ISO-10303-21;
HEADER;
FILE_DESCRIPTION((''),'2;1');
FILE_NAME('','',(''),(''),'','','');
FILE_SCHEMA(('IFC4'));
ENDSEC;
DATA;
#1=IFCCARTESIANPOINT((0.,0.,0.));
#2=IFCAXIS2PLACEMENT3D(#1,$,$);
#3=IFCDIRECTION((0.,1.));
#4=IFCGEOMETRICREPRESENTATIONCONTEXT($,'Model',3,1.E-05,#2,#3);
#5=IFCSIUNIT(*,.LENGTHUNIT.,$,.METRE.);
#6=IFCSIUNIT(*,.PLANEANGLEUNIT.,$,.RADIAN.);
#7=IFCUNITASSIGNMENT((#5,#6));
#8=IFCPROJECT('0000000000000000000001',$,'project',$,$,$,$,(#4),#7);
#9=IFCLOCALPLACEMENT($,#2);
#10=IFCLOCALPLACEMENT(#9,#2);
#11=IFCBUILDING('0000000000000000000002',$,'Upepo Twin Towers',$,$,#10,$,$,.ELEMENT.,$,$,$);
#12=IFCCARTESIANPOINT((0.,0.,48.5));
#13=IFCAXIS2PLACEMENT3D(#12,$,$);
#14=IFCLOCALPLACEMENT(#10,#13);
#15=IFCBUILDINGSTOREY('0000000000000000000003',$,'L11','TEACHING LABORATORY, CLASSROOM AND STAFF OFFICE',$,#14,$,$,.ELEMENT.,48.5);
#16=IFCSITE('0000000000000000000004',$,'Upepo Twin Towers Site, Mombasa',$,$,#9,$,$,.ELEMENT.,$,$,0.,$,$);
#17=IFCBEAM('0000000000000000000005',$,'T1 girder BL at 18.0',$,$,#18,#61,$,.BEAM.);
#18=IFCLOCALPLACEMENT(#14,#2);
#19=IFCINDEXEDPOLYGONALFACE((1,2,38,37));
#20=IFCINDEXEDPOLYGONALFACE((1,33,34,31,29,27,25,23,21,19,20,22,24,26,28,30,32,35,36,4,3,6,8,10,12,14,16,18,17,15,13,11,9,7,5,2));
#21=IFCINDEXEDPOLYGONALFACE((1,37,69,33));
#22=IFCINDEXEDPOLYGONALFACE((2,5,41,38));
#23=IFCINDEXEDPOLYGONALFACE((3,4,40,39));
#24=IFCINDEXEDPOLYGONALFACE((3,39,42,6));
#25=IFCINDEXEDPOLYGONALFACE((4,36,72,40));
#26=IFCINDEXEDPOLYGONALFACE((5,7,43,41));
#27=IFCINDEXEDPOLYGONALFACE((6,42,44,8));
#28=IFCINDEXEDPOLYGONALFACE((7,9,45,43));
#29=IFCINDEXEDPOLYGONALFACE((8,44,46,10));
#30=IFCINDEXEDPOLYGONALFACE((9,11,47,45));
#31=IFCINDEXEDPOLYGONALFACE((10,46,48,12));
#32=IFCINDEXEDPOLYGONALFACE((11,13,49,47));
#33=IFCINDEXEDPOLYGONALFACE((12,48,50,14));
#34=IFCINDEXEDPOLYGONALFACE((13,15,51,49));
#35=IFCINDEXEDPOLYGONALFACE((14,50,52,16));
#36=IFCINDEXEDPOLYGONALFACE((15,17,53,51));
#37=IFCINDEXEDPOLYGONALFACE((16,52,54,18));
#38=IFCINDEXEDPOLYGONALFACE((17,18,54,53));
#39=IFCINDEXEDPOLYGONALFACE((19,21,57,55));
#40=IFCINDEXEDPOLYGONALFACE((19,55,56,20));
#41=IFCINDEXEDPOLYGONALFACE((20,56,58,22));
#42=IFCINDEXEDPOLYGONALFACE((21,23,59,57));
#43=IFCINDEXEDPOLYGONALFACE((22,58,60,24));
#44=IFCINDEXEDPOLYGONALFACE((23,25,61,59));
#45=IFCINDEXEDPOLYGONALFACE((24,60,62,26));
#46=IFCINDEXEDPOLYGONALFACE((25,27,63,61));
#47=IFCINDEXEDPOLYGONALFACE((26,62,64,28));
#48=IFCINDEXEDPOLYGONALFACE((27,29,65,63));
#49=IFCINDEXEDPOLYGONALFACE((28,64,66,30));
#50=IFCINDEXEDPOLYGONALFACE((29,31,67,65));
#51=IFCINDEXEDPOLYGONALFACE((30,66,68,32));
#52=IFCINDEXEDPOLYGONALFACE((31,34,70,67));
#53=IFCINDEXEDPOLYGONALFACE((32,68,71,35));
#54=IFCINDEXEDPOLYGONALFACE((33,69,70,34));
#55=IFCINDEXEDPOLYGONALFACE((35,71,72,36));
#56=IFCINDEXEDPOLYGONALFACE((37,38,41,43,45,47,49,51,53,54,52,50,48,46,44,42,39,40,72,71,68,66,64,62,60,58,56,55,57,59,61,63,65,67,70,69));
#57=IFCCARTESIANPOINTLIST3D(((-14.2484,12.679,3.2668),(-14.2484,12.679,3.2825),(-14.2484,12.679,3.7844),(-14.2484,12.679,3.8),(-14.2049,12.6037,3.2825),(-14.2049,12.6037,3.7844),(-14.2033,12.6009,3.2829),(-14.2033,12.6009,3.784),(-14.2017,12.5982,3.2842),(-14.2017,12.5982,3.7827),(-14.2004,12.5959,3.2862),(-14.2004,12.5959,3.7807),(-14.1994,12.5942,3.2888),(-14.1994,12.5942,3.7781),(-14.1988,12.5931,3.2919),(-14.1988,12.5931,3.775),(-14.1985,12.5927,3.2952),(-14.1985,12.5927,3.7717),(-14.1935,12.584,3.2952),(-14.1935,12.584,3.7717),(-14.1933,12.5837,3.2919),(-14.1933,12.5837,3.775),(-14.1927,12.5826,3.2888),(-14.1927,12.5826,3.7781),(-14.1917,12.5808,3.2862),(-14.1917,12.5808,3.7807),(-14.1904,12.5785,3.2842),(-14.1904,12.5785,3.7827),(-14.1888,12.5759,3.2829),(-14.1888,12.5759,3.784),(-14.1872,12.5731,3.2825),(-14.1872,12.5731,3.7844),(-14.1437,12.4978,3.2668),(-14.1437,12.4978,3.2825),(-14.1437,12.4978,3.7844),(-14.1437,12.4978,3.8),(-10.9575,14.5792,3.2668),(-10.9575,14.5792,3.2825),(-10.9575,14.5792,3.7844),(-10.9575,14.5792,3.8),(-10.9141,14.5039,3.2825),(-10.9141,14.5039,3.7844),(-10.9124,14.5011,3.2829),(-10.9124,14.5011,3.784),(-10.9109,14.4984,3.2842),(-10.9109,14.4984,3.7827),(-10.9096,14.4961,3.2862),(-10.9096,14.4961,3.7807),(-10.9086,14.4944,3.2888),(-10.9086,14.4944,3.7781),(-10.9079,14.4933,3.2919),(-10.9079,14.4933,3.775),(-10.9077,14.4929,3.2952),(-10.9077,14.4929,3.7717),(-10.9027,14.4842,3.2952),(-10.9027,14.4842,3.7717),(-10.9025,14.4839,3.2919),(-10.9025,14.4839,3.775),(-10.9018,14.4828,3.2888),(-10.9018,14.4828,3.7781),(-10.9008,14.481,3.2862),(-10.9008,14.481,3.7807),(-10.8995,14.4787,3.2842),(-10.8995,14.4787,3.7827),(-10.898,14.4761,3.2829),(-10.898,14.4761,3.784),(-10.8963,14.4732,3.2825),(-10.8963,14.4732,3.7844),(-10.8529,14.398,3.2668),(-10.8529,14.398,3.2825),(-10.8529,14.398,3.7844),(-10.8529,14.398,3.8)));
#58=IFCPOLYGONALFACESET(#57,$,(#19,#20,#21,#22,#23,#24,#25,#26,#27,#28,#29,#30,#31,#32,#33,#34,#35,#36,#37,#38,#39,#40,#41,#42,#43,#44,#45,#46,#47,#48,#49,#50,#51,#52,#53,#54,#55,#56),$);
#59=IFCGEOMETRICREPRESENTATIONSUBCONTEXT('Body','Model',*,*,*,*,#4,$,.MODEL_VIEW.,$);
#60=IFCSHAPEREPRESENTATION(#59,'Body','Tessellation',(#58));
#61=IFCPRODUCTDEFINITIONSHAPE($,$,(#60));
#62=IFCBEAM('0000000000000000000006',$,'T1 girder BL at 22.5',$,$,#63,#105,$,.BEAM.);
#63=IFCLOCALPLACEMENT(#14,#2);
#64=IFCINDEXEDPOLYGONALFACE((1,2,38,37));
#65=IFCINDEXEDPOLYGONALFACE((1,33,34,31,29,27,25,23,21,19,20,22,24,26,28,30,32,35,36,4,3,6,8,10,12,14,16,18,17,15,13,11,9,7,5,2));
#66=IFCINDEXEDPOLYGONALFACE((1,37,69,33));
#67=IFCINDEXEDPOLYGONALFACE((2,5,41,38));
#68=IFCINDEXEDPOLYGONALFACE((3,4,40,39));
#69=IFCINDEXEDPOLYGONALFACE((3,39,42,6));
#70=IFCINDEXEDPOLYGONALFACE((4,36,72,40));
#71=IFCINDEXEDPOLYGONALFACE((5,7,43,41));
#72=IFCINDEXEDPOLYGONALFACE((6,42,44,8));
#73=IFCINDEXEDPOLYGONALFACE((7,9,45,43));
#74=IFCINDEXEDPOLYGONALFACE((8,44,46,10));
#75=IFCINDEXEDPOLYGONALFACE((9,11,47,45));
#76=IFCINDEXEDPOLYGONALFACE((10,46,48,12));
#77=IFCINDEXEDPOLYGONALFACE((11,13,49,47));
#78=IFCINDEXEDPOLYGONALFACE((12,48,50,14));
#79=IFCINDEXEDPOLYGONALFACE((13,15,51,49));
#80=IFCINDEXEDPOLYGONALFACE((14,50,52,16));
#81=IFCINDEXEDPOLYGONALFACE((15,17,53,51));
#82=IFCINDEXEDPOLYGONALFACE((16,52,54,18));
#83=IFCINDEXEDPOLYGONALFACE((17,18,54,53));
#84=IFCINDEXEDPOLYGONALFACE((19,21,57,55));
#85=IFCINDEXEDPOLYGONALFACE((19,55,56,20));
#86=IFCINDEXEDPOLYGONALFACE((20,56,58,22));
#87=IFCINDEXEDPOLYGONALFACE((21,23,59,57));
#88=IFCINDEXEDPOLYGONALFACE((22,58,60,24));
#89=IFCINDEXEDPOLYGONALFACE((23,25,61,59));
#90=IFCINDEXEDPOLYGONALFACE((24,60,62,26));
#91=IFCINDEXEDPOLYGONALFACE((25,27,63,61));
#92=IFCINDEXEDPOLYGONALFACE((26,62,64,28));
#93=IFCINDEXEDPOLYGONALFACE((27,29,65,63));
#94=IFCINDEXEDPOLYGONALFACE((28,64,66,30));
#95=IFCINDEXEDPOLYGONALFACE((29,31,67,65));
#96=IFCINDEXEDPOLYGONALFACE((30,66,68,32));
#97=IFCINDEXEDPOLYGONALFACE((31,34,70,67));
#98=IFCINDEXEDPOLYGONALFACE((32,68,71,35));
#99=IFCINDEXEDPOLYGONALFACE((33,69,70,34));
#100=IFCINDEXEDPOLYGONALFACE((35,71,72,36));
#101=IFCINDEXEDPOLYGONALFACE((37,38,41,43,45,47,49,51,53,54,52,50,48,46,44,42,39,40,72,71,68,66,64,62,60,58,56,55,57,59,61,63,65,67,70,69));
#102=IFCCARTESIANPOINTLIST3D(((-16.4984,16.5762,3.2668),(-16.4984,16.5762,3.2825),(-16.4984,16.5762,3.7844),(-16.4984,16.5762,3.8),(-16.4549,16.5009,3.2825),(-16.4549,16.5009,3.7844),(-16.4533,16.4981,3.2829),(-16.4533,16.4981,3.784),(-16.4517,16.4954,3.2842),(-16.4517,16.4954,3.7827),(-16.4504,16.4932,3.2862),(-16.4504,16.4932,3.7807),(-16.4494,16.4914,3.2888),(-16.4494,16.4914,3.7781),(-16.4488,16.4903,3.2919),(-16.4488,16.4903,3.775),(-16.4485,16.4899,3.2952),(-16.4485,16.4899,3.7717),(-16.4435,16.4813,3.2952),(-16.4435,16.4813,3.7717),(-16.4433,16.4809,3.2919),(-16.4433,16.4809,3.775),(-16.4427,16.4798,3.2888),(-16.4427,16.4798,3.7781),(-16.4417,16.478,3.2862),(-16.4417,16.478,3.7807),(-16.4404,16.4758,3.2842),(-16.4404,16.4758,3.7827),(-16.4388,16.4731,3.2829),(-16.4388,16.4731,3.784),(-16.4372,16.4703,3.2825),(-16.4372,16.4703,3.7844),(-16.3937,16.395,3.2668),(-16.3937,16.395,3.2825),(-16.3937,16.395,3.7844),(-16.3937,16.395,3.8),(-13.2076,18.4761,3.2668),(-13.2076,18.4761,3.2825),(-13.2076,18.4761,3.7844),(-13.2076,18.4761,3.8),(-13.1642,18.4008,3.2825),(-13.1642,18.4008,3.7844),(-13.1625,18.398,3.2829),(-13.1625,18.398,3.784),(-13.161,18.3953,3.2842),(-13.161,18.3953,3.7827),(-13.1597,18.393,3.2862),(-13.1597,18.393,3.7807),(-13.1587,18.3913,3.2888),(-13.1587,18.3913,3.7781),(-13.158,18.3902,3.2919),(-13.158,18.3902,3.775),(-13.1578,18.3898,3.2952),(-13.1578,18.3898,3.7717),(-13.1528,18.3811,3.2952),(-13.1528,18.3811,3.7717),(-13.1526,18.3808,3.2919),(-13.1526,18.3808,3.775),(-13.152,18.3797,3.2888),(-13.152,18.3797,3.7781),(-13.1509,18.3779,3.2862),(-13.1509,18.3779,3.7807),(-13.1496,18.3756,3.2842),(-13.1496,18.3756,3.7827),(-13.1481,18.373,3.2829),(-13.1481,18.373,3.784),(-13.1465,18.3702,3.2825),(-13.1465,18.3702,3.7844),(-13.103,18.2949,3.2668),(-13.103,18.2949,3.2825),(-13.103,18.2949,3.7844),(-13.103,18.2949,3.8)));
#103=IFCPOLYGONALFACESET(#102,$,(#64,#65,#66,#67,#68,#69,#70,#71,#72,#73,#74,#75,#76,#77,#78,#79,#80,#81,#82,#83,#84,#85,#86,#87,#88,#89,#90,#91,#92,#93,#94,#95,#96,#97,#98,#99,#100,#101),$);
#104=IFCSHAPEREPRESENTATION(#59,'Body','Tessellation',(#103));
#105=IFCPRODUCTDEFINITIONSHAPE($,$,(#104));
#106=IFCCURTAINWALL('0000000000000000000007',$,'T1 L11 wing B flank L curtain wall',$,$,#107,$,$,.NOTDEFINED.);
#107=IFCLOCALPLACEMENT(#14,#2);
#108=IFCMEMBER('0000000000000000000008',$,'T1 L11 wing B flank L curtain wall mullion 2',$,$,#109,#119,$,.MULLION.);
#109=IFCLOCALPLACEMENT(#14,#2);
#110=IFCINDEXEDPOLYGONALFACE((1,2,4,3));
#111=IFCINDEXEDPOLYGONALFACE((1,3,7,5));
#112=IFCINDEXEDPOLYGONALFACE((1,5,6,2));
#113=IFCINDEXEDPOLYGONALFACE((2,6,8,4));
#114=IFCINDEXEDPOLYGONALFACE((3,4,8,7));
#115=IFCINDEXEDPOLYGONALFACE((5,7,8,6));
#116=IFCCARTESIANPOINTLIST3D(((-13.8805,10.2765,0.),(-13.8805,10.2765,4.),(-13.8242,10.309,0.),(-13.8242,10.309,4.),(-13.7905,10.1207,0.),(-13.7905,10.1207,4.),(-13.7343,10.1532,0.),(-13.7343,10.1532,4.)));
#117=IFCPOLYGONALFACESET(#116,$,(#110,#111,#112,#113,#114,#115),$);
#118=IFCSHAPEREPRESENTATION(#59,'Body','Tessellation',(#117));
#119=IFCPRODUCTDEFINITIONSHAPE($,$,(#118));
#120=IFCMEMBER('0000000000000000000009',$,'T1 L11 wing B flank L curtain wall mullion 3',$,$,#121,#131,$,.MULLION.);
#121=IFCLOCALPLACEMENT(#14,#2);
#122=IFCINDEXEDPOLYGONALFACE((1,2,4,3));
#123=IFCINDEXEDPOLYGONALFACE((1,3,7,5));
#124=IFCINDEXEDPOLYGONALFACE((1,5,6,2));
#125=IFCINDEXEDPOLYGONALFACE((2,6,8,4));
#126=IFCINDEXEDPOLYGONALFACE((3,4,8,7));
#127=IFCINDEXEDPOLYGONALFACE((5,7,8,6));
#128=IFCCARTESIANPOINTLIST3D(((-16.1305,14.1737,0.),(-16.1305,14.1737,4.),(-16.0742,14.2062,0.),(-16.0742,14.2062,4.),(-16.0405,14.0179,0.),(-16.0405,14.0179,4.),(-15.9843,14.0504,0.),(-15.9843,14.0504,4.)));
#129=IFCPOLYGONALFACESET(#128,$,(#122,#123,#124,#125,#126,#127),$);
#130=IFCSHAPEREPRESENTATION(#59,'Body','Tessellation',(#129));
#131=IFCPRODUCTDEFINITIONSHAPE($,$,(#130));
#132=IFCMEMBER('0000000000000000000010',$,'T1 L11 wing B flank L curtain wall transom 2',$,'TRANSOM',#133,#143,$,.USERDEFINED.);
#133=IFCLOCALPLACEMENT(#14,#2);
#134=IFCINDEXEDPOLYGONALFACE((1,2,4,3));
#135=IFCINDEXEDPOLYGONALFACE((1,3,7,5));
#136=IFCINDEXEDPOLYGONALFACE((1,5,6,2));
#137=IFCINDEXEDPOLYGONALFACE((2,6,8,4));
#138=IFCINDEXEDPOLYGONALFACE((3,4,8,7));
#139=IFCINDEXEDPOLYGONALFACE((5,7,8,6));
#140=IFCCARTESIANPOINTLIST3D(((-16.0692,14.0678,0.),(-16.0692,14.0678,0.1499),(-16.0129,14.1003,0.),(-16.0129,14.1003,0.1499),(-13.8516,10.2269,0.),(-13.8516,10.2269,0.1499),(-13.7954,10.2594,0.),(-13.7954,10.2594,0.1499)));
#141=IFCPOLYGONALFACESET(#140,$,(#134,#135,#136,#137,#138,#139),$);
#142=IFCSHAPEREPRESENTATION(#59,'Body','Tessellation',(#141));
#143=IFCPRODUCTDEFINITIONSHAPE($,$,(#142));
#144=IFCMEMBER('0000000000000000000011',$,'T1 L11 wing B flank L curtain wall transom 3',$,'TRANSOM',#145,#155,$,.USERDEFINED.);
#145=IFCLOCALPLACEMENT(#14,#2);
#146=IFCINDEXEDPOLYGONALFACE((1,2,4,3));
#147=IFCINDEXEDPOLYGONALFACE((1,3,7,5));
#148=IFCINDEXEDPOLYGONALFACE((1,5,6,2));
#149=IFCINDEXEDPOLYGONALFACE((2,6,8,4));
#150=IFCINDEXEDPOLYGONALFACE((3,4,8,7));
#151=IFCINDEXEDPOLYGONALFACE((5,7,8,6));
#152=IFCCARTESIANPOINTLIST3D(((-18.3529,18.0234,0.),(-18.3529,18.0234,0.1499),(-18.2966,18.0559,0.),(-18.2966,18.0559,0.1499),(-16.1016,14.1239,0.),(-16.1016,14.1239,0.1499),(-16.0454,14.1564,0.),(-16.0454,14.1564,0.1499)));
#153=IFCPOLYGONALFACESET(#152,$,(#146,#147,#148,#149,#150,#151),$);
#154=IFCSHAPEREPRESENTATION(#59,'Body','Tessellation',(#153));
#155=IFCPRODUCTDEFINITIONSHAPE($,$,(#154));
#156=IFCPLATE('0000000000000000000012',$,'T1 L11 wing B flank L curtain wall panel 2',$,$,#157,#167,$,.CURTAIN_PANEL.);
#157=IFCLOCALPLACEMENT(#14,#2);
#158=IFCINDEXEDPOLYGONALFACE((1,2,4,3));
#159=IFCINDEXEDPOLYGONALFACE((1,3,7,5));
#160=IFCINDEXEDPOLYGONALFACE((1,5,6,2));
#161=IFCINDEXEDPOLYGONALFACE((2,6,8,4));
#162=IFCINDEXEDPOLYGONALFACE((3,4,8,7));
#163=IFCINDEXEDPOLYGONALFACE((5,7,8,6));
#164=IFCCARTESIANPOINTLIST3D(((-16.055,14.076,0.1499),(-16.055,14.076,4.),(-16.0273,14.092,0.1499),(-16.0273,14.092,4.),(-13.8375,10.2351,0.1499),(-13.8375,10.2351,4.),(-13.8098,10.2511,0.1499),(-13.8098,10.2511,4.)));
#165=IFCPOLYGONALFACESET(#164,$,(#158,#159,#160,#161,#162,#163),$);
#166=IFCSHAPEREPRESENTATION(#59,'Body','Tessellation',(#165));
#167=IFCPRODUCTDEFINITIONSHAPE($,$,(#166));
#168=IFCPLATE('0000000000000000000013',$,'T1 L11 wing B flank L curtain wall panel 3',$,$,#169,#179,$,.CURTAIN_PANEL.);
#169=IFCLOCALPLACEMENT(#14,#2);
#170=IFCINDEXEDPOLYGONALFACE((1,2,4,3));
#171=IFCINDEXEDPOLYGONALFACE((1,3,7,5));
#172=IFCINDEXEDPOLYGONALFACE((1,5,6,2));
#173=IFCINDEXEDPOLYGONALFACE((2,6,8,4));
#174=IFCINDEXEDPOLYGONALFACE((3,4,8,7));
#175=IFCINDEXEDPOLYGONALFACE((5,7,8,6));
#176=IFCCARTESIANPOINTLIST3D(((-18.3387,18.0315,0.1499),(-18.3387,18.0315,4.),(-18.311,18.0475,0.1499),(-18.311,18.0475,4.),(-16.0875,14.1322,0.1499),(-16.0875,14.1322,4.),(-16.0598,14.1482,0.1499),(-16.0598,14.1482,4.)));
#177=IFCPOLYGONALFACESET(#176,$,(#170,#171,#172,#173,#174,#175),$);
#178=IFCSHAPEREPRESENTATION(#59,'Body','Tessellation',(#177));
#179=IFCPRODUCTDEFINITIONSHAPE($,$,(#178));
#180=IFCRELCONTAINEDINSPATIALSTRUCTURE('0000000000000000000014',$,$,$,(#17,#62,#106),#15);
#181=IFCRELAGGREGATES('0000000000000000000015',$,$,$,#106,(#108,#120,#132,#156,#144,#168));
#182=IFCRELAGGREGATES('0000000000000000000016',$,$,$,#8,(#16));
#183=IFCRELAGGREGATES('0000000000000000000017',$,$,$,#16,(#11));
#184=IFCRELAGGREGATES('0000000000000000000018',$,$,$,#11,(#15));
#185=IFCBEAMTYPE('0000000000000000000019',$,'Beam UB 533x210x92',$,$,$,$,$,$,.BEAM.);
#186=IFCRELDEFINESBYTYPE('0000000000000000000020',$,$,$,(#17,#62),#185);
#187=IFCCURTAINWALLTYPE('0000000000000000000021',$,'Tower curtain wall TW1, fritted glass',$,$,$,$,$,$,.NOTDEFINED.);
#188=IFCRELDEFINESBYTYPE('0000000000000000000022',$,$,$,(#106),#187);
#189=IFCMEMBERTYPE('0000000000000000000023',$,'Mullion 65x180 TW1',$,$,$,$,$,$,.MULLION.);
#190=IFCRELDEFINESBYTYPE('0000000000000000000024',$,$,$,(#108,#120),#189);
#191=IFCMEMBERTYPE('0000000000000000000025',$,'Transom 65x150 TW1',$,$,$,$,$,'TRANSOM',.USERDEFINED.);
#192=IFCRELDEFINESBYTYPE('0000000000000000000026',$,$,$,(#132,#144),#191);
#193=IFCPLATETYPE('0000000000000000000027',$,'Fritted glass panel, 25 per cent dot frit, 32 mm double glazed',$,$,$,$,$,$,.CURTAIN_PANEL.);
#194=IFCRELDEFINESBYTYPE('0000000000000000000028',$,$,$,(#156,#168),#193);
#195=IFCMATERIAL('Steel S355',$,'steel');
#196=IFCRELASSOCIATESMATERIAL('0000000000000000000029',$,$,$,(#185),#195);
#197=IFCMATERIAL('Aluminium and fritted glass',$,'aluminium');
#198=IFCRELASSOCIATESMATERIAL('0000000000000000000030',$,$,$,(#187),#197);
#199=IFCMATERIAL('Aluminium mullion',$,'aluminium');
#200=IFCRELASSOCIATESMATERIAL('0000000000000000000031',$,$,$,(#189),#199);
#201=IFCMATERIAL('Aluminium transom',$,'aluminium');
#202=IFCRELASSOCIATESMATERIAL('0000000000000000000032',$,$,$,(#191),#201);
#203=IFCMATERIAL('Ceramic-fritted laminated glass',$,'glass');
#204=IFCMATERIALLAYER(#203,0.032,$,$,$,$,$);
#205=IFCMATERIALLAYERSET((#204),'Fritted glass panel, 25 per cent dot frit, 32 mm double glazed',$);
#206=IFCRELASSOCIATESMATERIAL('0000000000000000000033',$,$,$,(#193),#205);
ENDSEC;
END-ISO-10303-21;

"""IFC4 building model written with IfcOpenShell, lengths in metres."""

from ifc_helpers import new_model, si_unit, direction, frame, origin, origin_2d, place, context, subcontext, project, spatial, rectangle, i_section, extrude, material, layer, layer_set, material_profile, profile_set, type_object, element, aggregate, save


model = new_model("IFC4")

# Units and contexts
model_context = context("Model", 3, precision=1e-05, world=origin(), true_north=direction((0.0, 1.0)))
body_context = subcontext(model_context, "Body", "Model", "MODEL_VIEW")
ifc_project = project(units=[si_unit("LENGTHUNIT", "METRE"), si_unit("PLANEANGLEUNIT", "RADIAN")], contexts=[model_context])

# Site, building, storey
site_placement = place(None, origin())
site = spatial("IfcSite", under=ifc_project, at=site_placement, Name="Upepo Twin Towers Site, Mombasa", CompositionType="ELEMENT", RefElevation=0.0)
building_placement = place(site_placement, origin())
building = spatial("IfcBuilding", under=site, at=building_placement, Name="Upepo Twin Towers", CompositionType="ELEMENT")
storey_placement = place(building_placement, frame((0.0, 0.0, 48.5)))
storey = spatial("IfcBuildingStorey", under=building, at=storey_placement, Name="L11", Description="TEACHING LABORATORY, CLASSROOM AND STAFF OFFICE", CompositionType="ELEMENT", Elevation=48.5)

# Beams
ifc_material_1 = material(Name="Steel S355", Category="steel")
ifc_material_profile_1 = material_profile(ifc_material_1, i_section(OverallWidth=0.2092, OverallDepth=0.5332, WebThickness=0.01, FlangeThickness=0.0156, FilletRadius=0.0127, at=origin_2d()), Name="UB 533x210x92")
ifc_profile_set_1 = profile_set([ifc_material_profile_1], Name="Steel S355")
beam_type_1 = type_object("IfcBeamType", Name="Beam UB 533x210x92", PredefinedType="BEAM", material=ifc_profile_set_1)
beam_1_placement = place(storey_placement, frame((-14.196, 12.5884, 3.5334), z_axis=(0.866, 0.500043, 0.0), x_axis=(-0.500043, 0.866, 0.0)))
element("IfcBeam", 1, at=beam_1_placement, inside=storey, type_object=beam_type_1, Name="T1 girder BL at 18.0", PredefinedType="BEAM", context=body_context, shape_type="SweptSolid", body=[
    extrude(i_section(OverallWidth=0.2092, OverallDepth=0.5332, WebThickness=0.01, FlangeThickness=0.0156, FilletRadius=0.0127, at=origin_2d()), origin(), (0.0, 0.0, 1.0), 3.8),
])
beam_2_placement = place(storey_placement, frame((-16.446, 16.4856, 3.5334), z_axis=(0.866028, 0.499995, 0.0), x_axis=(-0.499995, 0.866028, 0.0)))
element("IfcBeam", 2, at=beam_2_placement, inside=storey, type_object=beam_type_1, Name="T1 girder BL at 22.5", PredefinedType="BEAM", context=body_context, shape_type="SweptSolid", body=[
    extrude(i_section(OverallWidth=0.2092, OverallDepth=0.5332, WebThickness=0.01, FlangeThickness=0.0156, FilletRadius=0.0127, at=origin_2d()), origin(), (0.0, 0.0, 1.0), 3.7998),
])

# Curtain wall, members, plates
ifc_material_2 = material(Name="Aluminium and fritted glass", Category="aluminium")
curtain_wall_type = type_object("IfcCurtainWallType", Name="Tower curtain wall TW1, fritted glass", PredefinedType="NOTDEFINED", material=ifc_material_2)
curtain_wall_placement = place(storey_placement, origin())
curtain_wall = element("IfcCurtainWall", 3, at=curtain_wall_placement, inside=storey, type_object=curtain_wall_type, Name="T1 L11 wing B flank L curtain wall", PredefinedType="NOTDEFINED")
ifc_material_3 = material(Name="Aluminium mullion", Category="aluminium")
ifc_material_profile_2 = material_profile(ifc_material_3, rectangle(XDim=0.0649, YDim=0.1799, at=origin_2d()), Name="MULLION 65x180")
ifc_profile_set_2 = profile_set([ifc_material_profile_2], Name="Aluminium mullion")
member_type_1 = type_object("IfcMemberType", Name="Mullion 65x180 TW1", PredefinedType="MULLION", material=ifc_profile_set_2)
member_1_placement = place(storey_placement, frame((-13.8074, 10.2148, 0.0), z_axis=(0.0, 0.0, 1.0), x_axis=(-0.866025, -0.5, 0.0)))
member_1 = element("IfcMember", 4, at=member_1_placement, type_object=member_type_1, Name="T1 L11 wing B flank L curtain wall mullion 2", PredefinedType="MULLION", context=body_context, shape_type="SweptSolid", body=[
    extrude(rectangle(XDim=0.0649, YDim=0.1799, at=origin_2d()), origin(), (0.0, 0.0, 1.0), 4.0),
])
member_2_placement = place(storey_placement, frame((-16.0574, 14.1121, 0.0), z_axis=(0.0, 0.0, 1.0), x_axis=(-0.866025, -0.5, 0.0)))
member_2 = element("IfcMember", 5, at=member_2_placement, type_object=member_type_1, Name="T1 L11 wing B flank L curtain wall mullion 3", PredefinedType="MULLION", context=body_context, shape_type="SweptSolid", body=[
    extrude(rectangle(XDim=0.0649, YDim=0.1799, at=origin_2d()), origin(), (0.0, 0.0, 1.0), 4.0),
])
ifc_material_4 = material(Name="Aluminium transom", Category="aluminium")
ifc_material_profile_3 = material_profile(ifc_material_4, rectangle(XDim=0.0649, YDim=0.1499, at=origin_2d()), Name="TRANSOM 65x150")
ifc_profile_set_3 = profile_set([ifc_material_profile_3], Name="Aluminium transom")
member_type_2 = type_object("IfcMemberType", Name="Transom 65x150 TW1", ElementType="TRANSOM", PredefinedType="USERDEFINED", material=ifc_profile_set_3)
member_3_placement = place(storey_placement, frame((-13.8235, 10.2432, 0.075), z_axis=(-0.500005, 0.866022, 0.0), x_axis=(-0.866022, -0.500005, 0.0)))
member_3 = element("IfcMember", 6, at=member_3_placement, type_object=member_type_2, Name="T1 L11 wing B flank L curtain wall transom 2", ObjectType="TRANSOM", PredefinedType="USERDEFINED", context=body_context, shape_type="SweptSolid", body=[
    extrude(rectangle(XDim=0.0649, YDim=0.1499, at=origin_2d()), origin(), (0.0, 0.0, 1.0), 4.4351),
])
member_4_placement = place(storey_placement, frame((-16.0735, 14.1401, 0.075), z_axis=(-0.499982, 0.866036, 0.0), x_axis=(-0.866036, -0.499982, 0.0)))
member_4 = element("IfcMember", 7, at=member_4_placement, type_object=member_type_2, Name="T1 L11 wing B flank L curtain wall transom 3", ObjectType="TRANSOM", PredefinedType="USERDEFINED", context=body_context, shape_type="SweptSolid", body=[
    extrude(rectangle(XDim=0.0649, YDim=0.1499, at=origin_2d()), origin(), (0.0, 0.0, 1.0), 4.5027),
])
ifc_material_5 = material(Name="Ceramic-fritted laminated glass", Category="glass")
ifc_layer_1 = layer(ifc_material_5, 0.032)
ifc_layer_set_1 = layer_set([ifc_layer_1], Name="Fritted glass panel, 25 per cent dot frit, 32 mm double glazed")
plate_type = type_object("IfcPlateType", Name="Fritted glass panel, 25 per cent dot frit, 32 mm double glazed", PredefinedType="CURTAIN_PANEL", material=ifc_layer_set_1)
plate_1_placement = place(storey_placement, frame((-14.9324, 12.1636, 0.1499), z_axis=(0.0, 0.0, 1.0), x_axis=(-0.5, 0.866025, 0.0)))
plate_1 = element("IfcPlate", 8, at=plate_1_placement, type_object=plate_type, Name="T1 L11 wing B flank L curtain wall panel 2", PredefinedType="CURTAIN_PANEL", context=body_context, shape_type="SweptSolid", body=[
    extrude(rectangle(XDim=4.4351, YDim=0.032, at=origin_2d()), origin(), (0.0, 0.0, 1.0), 3.8501),
])
plate_2_placement = place(storey_placement, frame((-17.1992, 16.0898, 0.1499), z_axis=(0.0, 0.0, 1.0), x_axis=(-0.5, 0.866025, 0.0)))
plate_2 = element("IfcPlate", 9, at=plate_2_placement, type_object=plate_type, Name="T1 L11 wing B flank L curtain wall panel 3", PredefinedType="CURTAIN_PANEL", context=body_context, shape_type="SweptSolid", body=[
    extrude(rectangle(XDim=4.5024, YDim=0.032, at=origin_2d()), origin(), (0.0, 0.0, 1.0), 3.8501),
])
aggregate(curtain_wall, [member_1, member_2, member_3, plate_1, member_4, plate_2])

save(model, "model.ifc")
